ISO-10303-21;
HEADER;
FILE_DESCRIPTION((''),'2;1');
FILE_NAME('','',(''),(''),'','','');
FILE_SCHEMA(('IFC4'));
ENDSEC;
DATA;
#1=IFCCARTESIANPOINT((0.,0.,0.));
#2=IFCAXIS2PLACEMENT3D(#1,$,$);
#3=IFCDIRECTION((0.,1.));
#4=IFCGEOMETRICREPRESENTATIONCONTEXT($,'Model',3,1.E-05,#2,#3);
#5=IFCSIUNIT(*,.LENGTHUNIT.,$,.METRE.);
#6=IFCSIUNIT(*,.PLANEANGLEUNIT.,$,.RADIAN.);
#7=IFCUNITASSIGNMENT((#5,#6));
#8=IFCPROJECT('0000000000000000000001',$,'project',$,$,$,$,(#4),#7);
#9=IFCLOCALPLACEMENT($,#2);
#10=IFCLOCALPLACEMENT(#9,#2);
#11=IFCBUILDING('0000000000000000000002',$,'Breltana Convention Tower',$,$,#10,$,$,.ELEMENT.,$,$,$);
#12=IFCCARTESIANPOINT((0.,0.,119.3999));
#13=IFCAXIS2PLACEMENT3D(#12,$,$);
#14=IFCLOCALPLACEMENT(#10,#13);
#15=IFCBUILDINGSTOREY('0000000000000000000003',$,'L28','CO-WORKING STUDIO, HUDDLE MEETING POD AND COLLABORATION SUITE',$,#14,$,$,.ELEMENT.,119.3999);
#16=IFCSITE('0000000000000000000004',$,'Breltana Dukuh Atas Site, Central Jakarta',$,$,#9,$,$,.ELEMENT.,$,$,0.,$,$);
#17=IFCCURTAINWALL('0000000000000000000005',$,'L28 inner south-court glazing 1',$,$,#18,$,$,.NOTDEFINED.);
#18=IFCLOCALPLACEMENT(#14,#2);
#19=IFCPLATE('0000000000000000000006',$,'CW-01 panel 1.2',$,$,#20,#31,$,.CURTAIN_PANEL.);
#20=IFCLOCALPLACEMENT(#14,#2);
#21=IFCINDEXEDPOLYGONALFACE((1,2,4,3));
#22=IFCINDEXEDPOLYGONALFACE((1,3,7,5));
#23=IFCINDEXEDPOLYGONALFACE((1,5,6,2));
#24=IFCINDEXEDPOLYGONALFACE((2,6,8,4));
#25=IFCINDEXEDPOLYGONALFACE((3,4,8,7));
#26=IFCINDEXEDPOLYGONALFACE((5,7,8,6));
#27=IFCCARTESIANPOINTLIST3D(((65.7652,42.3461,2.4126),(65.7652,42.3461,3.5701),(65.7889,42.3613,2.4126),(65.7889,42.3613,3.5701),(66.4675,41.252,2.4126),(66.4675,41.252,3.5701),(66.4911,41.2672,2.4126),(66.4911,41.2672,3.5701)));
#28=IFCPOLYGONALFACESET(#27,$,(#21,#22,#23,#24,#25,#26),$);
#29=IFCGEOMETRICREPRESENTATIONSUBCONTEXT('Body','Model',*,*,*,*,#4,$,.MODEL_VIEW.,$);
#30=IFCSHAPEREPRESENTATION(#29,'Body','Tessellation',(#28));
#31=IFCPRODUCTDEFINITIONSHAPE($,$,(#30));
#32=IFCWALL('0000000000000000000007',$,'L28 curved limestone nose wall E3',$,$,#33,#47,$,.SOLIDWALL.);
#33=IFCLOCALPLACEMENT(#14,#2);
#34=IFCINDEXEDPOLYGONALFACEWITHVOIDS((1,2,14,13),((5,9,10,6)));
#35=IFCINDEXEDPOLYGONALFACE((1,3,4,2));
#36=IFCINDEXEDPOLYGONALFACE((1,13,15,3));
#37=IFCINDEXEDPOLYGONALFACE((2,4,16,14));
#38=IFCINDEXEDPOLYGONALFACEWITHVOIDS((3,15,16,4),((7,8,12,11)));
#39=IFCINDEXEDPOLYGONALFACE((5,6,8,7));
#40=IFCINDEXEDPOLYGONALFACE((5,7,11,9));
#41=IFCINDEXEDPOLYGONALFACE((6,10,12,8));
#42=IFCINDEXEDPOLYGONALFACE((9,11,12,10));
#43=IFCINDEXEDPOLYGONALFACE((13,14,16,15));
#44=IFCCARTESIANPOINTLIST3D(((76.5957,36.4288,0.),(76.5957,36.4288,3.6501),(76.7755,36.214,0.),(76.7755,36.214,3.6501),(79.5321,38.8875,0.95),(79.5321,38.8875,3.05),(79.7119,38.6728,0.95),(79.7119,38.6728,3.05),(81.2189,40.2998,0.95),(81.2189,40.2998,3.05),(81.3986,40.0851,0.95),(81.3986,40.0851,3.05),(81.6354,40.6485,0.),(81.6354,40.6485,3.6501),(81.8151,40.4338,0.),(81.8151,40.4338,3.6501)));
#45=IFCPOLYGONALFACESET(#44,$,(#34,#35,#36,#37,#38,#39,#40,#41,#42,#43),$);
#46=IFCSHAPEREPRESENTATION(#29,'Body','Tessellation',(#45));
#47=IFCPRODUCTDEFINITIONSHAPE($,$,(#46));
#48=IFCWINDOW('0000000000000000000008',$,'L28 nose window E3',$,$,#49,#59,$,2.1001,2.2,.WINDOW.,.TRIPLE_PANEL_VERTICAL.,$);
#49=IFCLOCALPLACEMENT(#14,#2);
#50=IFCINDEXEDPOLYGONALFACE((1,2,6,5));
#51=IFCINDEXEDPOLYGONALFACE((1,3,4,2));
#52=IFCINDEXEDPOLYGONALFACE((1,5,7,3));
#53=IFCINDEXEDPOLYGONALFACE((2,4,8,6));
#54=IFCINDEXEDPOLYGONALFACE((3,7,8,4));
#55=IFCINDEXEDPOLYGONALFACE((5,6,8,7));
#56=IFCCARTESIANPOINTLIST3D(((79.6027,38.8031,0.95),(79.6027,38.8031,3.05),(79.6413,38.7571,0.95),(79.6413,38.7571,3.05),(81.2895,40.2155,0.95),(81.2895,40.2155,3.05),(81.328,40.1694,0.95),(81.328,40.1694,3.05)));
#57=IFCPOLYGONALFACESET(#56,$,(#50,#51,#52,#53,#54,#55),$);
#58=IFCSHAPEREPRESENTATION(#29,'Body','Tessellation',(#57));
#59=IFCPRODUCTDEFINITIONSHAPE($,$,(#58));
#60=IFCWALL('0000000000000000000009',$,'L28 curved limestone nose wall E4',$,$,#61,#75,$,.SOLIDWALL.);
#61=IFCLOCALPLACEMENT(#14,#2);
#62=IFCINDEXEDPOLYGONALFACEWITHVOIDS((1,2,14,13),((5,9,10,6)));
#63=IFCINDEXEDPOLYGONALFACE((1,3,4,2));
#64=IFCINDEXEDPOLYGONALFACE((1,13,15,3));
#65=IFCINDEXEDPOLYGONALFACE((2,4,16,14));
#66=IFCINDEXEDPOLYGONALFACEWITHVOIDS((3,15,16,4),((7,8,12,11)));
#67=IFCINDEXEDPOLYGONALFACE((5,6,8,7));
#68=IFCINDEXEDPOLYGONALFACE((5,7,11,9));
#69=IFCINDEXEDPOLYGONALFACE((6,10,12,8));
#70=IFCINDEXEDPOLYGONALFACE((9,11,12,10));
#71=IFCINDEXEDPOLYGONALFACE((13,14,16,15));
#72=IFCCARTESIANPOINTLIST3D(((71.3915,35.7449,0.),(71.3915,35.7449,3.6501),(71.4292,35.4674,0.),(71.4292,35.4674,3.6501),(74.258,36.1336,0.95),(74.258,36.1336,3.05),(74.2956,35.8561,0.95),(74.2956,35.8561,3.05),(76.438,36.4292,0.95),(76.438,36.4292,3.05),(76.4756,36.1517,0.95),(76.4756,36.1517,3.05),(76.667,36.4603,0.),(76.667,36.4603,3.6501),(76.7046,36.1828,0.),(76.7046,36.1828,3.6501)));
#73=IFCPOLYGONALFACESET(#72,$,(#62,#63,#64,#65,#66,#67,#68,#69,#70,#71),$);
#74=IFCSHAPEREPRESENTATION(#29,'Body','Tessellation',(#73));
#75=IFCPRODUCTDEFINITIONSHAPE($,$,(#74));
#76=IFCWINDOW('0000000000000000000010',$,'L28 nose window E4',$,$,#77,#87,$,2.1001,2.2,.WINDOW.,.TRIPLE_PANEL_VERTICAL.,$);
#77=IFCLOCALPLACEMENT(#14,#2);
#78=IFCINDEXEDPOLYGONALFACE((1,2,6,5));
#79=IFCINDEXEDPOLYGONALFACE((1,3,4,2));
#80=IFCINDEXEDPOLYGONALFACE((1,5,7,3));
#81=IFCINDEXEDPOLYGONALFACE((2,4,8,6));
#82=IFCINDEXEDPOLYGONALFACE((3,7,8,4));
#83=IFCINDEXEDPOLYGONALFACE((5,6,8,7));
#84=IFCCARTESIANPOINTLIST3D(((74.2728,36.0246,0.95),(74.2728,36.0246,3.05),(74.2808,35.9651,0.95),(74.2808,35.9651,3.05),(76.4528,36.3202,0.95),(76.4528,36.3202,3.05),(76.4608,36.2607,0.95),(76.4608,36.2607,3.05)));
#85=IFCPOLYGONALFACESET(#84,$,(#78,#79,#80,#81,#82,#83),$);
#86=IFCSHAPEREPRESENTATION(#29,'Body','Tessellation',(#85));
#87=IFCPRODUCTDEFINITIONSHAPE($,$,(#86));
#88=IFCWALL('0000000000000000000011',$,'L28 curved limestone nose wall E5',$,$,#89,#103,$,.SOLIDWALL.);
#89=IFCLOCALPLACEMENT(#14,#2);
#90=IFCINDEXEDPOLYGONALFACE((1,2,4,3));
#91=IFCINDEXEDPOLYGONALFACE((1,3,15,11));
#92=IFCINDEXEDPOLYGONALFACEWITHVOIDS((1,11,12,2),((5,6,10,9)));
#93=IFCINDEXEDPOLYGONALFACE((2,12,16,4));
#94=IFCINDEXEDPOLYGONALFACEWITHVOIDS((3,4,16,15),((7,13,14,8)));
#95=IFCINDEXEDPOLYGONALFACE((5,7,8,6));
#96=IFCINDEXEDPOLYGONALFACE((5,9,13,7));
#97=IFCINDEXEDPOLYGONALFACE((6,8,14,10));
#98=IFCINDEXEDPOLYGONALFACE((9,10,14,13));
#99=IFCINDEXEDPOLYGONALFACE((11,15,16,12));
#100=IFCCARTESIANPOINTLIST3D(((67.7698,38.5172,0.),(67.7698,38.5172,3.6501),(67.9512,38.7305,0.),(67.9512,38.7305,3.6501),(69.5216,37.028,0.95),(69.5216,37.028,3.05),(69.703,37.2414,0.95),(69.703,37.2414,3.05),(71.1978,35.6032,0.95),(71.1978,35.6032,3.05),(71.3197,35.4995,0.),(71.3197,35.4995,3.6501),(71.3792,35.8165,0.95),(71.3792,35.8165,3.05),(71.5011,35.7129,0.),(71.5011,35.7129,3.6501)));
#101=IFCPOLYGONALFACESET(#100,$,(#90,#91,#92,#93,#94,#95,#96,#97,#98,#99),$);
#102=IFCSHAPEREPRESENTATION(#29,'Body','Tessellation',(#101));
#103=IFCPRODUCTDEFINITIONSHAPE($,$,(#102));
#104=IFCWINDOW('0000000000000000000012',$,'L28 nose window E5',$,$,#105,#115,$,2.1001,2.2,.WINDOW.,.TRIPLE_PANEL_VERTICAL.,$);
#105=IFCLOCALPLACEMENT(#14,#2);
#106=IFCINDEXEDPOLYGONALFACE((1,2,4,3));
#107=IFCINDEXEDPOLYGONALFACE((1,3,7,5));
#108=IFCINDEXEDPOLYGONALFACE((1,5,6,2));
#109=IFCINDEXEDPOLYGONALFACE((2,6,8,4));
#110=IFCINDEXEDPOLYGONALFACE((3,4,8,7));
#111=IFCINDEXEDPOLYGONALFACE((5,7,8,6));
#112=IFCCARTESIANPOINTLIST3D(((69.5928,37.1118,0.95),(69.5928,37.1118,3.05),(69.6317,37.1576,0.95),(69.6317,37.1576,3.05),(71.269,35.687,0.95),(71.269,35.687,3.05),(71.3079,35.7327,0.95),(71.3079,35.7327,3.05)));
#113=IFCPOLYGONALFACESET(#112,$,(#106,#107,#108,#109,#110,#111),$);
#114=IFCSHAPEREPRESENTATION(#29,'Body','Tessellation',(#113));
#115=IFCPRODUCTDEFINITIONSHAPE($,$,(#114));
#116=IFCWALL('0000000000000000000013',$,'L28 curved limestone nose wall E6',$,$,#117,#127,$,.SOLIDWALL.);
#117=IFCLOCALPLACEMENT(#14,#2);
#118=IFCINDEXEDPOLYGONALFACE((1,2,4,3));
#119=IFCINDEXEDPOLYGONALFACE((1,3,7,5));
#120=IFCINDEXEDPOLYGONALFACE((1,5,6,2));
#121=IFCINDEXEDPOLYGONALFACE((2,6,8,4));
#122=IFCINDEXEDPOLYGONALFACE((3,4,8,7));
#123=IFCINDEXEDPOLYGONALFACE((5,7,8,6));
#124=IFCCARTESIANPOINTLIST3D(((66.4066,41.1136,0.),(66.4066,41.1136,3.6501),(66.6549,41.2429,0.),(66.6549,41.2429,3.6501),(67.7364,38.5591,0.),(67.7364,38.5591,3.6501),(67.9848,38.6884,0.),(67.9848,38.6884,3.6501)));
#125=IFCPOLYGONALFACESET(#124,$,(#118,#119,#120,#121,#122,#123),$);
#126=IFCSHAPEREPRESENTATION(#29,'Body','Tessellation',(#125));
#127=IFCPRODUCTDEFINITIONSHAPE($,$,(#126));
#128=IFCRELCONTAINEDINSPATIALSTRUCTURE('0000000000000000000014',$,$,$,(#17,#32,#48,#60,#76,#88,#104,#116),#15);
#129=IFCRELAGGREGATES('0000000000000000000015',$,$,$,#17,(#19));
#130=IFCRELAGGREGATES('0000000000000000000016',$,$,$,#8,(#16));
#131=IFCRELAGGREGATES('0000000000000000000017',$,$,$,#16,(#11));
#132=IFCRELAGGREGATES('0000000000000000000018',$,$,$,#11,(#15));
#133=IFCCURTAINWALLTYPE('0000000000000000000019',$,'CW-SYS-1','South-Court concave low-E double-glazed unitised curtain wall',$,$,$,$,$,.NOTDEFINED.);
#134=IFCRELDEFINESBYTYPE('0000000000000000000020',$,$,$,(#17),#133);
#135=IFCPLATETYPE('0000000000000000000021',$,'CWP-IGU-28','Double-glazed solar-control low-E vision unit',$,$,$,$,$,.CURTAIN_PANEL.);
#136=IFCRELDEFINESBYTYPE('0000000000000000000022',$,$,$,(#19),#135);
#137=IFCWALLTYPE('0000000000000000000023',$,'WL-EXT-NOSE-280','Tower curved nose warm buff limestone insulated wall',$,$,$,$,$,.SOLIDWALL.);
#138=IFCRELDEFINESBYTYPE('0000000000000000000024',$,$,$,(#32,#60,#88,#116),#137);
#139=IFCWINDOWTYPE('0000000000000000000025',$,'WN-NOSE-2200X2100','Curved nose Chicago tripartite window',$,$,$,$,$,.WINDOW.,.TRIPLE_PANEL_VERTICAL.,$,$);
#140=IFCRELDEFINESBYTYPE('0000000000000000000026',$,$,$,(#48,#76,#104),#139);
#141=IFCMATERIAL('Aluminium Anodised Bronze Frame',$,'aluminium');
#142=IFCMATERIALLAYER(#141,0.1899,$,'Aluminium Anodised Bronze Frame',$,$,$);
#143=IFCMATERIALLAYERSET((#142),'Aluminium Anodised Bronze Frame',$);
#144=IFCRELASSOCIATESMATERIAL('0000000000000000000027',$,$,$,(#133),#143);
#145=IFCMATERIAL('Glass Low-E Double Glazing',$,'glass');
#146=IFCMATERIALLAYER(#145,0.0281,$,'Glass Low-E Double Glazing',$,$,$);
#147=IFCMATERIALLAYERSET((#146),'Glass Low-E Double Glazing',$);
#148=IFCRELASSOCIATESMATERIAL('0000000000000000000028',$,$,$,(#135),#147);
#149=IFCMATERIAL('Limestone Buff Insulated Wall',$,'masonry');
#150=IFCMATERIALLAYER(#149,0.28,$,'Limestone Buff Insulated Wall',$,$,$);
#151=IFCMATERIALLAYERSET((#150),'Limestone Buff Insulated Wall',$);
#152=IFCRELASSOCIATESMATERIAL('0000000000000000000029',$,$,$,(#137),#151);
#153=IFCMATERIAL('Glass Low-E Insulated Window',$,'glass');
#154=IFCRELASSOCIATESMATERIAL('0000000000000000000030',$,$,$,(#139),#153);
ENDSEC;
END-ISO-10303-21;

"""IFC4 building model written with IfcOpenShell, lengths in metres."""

from ifc_helpers import new_model, si_unit, direction, frame, frame_2d, origin, origin_2d, place, context, subcontext, project, spatial, rectangle, extrude, source, transform, mapped, material, layer, layer_set, type_object, type_shapes, element, fill, aggregate, save


model = new_model("IFC4")

# Units and contexts
model_context = context("Model", 3, precision=1e-05, world=origin(), true_north=direction((0.0, 1.0)))
body_context = subcontext(model_context, "Body", "Model", "MODEL_VIEW")
ifc_project = project(units=[si_unit("LENGTHUNIT", "METRE"), si_unit("PLANEANGLEUNIT", "RADIAN")], contexts=[model_context])

# Site, building, storey
site_placement = place(None, origin())
site = spatial("IfcSite", under=ifc_project, at=site_placement, Name="Breltana Dukuh Atas Site, Central Jakarta", CompositionType="ELEMENT", RefElevation=0.0)
building_placement = place(site_placement, origin())
building = spatial("IfcBuilding", under=site, at=building_placement, Name="Breltana Convention Tower", CompositionType="ELEMENT")
storey_placement = place(building_placement, frame((0.0, 0.0, 119.3999)))
storey = spatial("IfcBuildingStorey", under=building, at=storey_placement, Name="L28", Description="CO-WORKING STUDIO, HUDDLE MEETING POD AND COLLABORATION SUITE", CompositionType="ELEMENT", Elevation=119.3999)

# Curtain wall, plate
ifc_material_1 = material(Name="Aluminium Anodised Bronze Frame", Category="aluminium")
ifc_layer_1 = layer(ifc_material_1, 0.1899, Name="Aluminium Anodised Bronze Frame")
ifc_layer_set_1 = layer_set([ifc_layer_1], Name="Aluminium Anodised Bronze Frame")
curtain_wall_type = type_object("IfcCurtainWallType", Name="CW-SYS-1", Description="South-Court concave low-E double-glazed unitised curtain wall", PredefinedType="NOTDEFINED", material=ifc_layer_set_1)
curtain_wall_placement = place(storey_placement, origin())
curtain_wall = element("IfcCurtainWall", 1, at=curtain_wall_placement, inside=storey, type_object=curtain_wall_type, Name="L28 inner south-court glazing 1", PredefinedType="NOTDEFINED")
ifc_material_2 = material(Name="Glass Low-E Double Glazing", Category="glass")
ifc_layer_2 = layer(ifc_material_2, 0.0281, Name="Glass Low-E Double Glazing")
ifc_layer_set_2 = layer_set([ifc_layer_2], Name="Glass Low-E Double Glazing")
plate_type = type_object("IfcPlateType", Name="CWP-IGU-28", Description="Double-glazed solar-control low-E vision unit", PredefinedType="CURTAIN_PANEL", material=ifc_layer_set_2)
shared_shape_1 = source(origin(), body_context, "Body", "SweptSolid", [
    extrude(rectangle(XDim=1.3, YDim=0.0281, at=origin_2d()), origin(), (0.0, 0.0, 1.0), 1.1575),
])
plate_1_placement = place(storey_placement, frame((66.1282, 41.8066, 2.4126), z_axis=(0.0, 0.0, 1.0), x_axis=(-0.540177, 0.841551, 0.0)))
plate_1 = element("IfcPlate", 2, at=plate_1_placement, type_object=plate_type, Name="CW-01 panel 1.2", PredefinedType="CURTAIN_PANEL", context=body_context, shape_type="MappedRepresentation", body=[
    mapped(shared_shape_1, transform((0.0, 0.0, 0.0), scale=1.0)),
])
aggregate(curtain_wall, [plate_1])

# Walls, openings, windows
ifc_material_3 = material(Name="Limestone Buff Insulated Wall", Category="masonry")
ifc_layer_3 = layer(ifc_material_3, 0.28, Name="Limestone Buff Insulated Wall")
ifc_layer_set_3 = layer_set([ifc_layer_3], Name="Limestone Buff Insulated Wall")
wall_type_1 = type_object("IfcWallType", Name="WL-EXT-NOSE-280", Description="Tower curved nose warm buff limestone insulated wall", PredefinedType="SOLIDWALL", material=ifc_layer_set_3)
shared_shape_2 = source(origin(), body_context, "Body", "SweptSolid", [
    extrude(rectangle(XDim=6.573, YDim=0.28, at=frame_2d((3.2866, 0.0))), origin(), (0.0, 0.0, 1.0), 3.6501),
])
wall_1_placement = place(storey_placement, frame((81.7253, 40.5413, 0.0), z_axis=(0.0, 0.0, 1.0), x_axis=(-0.766715, -0.641987, 0.0)))
wall_1 = element("IfcWall", 3, at=wall_1_placement, inside=storey, type_object=wall_type_1, Name="L28 curved limestone nose wall E3", PredefinedType="SOLIDWALL", context=body_context, shape_type="MappedRepresentation", body=[
    mapped(shared_shape_2, transform((0.0, 0.0, 0.0), scale=1.0)),
])
opening_1_placement = place(wall_1_placement, frame((0.5432, 0.0, 0.95)))
opening_1 = element("IfcOpeningElement", 4, at=opening_1_placement, cuts=wall_1, PredefinedType="OPENING", context=body_context, shape_type="SweptSolid", body=[
    extrude(rectangle(XDim=2.2, YDim=2.1001, at=frame_2d((1.1001, 1.05))), frame((0.0, 0.1499, 0.0), z_axis=(0.0, -1.0, 0.0), x_axis=(1.0, 0.0, 0.0)), (0.0, 0.0, 1.0), 0.3),
])
ifc_material_4 = material(Name="Glass Low-E Insulated Window", Category="glass")
window_type = type_object("IfcWindowType", Name="WN-NOSE-2200X2100", Description="Curved nose Chicago tripartite window", PartitioningType="TRIPLE_PANEL_VERTICAL", PredefinedType="WINDOW", material=ifc_material_4)
shared_shape_3 = source(origin(), body_context, "Body", "SweptSolid", [
    extrude(rectangle(XDim=2.2, YDim=2.1001, at=frame_2d((1.1001, 1.05))), frame((0.0, 0.03, 0.0), z_axis=(0.0, -1.0, 0.0), x_axis=(1.0, 0.0, 0.0)), (0.0, 0.0, 1.0), 0.0601),
])
type_shapes(window_type, [shared_shape_3])
window_1_placement = place(opening_1_placement, origin())
window_1 = element("IfcWindow", 5, at=window_1_placement, inside=storey, type_object=window_type, Name="L28 nose window E3", OverallHeight=2.1001, OverallWidth=2.2, PartitioningType="TRIPLE_PANEL_VERTICAL", PredefinedType="WINDOW", context=body_context, shape_type="MappedRepresentation", body=[
    mapped(shared_shape_3, transform((0.0, 0.0, 0.0), scale=1.0)),
])
fill(opening_1, window_1)
shared_shape_4 = source(origin(), body_context, "Body", "SweptSolid", [
    extrude(rectangle(XDim=5.3237, YDim=0.28, at=frame_2d((2.6619, 0.0))), origin(), (0.0, 0.0, 1.0), 3.6501),
])
wall_2_placement = place(storey_placement, frame((76.6858, 36.3215, 0.0), z_axis=(0.0, 0.0, 1.0), x_axis=(-0.990931, -0.134368, 0.0)))
wall_2 = element("IfcWall", 6, at=wall_2_placement, inside=storey, type_object=wall_type_1, Name="L28 curved limestone nose wall E4", PredefinedType="SOLIDWALL", context=body_context, shape_type="MappedRepresentation", body=[
    mapped(shared_shape_4, transform((0.0, 0.0, 0.0), scale=1.0)),
])
opening_2_placement = place(wall_2_placement, frame((0.231, 0.0, 0.95)))
opening_2 = element("IfcOpeningElement", 7, at=opening_2_placement, cuts=wall_2, PredefinedType="OPENING", context=body_context, shape_type="SweptSolid", body=[
    extrude(rectangle(XDim=2.2, YDim=2.1001, at=frame_2d((1.1001, 1.05))), frame((0.0, 0.1499, 0.0), z_axis=(0.0, -1.0, 0.0), x_axis=(1.0, 0.0, 0.0)), (0.0, 0.0, 1.0), 0.3),
])
window_2_placement = place(opening_2_placement, origin())
window_2 = element("IfcWindow", 8, at=window_2_placement, inside=storey, type_object=window_type, Name="L28 nose window E4", OverallHeight=2.1001, OverallWidth=2.2, PartitioningType="TRIPLE_PANEL_VERTICAL", PredefinedType="WINDOW", context=body_context, shape_type="MappedRepresentation", body=[
    mapped(shared_shape_3, transform((0.0, 0.0, 0.0), scale=1.0)),
])
fill(opening_2, window_2)
shared_shape_5 = source(origin(), body_context, "Body", "SweptSolid", [
    extrude(rectangle(XDim=4.6592, YDim=0.28, at=frame_2d((2.3296, 0.0))), origin(), (0.0, 0.0, 1.0), 3.6501),
])
wall_3_placement = place(storey_placement, frame((71.4104, 35.6062, 0.0), z_axis=(0.0, 0.0, 1.0), x_axis=(-0.761913, 0.647679, 0.0)))
wall_3 = element("IfcWall", 9, at=wall_3_placement, inside=storey, type_object=wall_type_1, Name="L28 curved limestone nose wall E5", PredefinedType="SOLIDWALL", context=body_context, shape_type="MappedRepresentation", body=[
    mapped(shared_shape_5, transform((0.0, 0.0, 0.0), scale=1.0)),
])
opening_3_placement = place(wall_3_placement, frame((0.1599, 0.0, 0.95)))
opening_3 = element("IfcOpeningElement", 10, at=opening_3_placement, cuts=wall_3, PredefinedType="OPENING", context=body_context, shape_type="SweptSolid", body=[
    extrude(rectangle(XDim=2.2, YDim=2.1001, at=frame_2d((1.1001, 1.05))), frame((0.0, 0.1499, 0.0), z_axis=(0.0, -1.0, 0.0), x_axis=(1.0, 0.0, 0.0)), (0.0, 0.0, 1.0), 0.3),
])
window_3_placement = place(opening_3_placement, origin())
window_3 = element("IfcWindow", 11, at=window_3_placement, inside=storey, type_object=window_type, Name="L28 nose window E5", OverallHeight=2.1001, OverallWidth=2.2, PartitioningType="TRIPLE_PANEL_VERTICAL", PredefinedType="WINDOW", context=body_context, shape_type="MappedRepresentation", body=[
    mapped(shared_shape_3, transform((0.0, 0.0, 0.0), scale=1.0)),
])
fill(opening_3, window_3)

# Wall
shared_shape_6 = source(origin(), body_context, "Body", "SweptSolid", [
    extrude(rectangle(XDim=2.8799, YDim=0.28, at=frame_2d((1.4399, 0.0))), origin(), (0.0, 0.0, 1.0), 3.6501),
])
wall_4_placement = place(storey_placement, frame((67.8606, 38.6238, 0.0), z_axis=(0.0, 0.0, 1.0), x_axis=(-0.461769, 0.887, 0.0)))
element("IfcWall", 12, at=wall_4_placement, inside=storey, type_object=wall_type_1, Name="L28 curved limestone nose wall E6", PredefinedType="SOLIDWALL", context=body_context, shape_type="MappedRepresentation", body=[
    mapped(shared_shape_6, transform((0.0, 0.0, 0.0), scale=1.0)),
])

save(model, "model.ifc")
